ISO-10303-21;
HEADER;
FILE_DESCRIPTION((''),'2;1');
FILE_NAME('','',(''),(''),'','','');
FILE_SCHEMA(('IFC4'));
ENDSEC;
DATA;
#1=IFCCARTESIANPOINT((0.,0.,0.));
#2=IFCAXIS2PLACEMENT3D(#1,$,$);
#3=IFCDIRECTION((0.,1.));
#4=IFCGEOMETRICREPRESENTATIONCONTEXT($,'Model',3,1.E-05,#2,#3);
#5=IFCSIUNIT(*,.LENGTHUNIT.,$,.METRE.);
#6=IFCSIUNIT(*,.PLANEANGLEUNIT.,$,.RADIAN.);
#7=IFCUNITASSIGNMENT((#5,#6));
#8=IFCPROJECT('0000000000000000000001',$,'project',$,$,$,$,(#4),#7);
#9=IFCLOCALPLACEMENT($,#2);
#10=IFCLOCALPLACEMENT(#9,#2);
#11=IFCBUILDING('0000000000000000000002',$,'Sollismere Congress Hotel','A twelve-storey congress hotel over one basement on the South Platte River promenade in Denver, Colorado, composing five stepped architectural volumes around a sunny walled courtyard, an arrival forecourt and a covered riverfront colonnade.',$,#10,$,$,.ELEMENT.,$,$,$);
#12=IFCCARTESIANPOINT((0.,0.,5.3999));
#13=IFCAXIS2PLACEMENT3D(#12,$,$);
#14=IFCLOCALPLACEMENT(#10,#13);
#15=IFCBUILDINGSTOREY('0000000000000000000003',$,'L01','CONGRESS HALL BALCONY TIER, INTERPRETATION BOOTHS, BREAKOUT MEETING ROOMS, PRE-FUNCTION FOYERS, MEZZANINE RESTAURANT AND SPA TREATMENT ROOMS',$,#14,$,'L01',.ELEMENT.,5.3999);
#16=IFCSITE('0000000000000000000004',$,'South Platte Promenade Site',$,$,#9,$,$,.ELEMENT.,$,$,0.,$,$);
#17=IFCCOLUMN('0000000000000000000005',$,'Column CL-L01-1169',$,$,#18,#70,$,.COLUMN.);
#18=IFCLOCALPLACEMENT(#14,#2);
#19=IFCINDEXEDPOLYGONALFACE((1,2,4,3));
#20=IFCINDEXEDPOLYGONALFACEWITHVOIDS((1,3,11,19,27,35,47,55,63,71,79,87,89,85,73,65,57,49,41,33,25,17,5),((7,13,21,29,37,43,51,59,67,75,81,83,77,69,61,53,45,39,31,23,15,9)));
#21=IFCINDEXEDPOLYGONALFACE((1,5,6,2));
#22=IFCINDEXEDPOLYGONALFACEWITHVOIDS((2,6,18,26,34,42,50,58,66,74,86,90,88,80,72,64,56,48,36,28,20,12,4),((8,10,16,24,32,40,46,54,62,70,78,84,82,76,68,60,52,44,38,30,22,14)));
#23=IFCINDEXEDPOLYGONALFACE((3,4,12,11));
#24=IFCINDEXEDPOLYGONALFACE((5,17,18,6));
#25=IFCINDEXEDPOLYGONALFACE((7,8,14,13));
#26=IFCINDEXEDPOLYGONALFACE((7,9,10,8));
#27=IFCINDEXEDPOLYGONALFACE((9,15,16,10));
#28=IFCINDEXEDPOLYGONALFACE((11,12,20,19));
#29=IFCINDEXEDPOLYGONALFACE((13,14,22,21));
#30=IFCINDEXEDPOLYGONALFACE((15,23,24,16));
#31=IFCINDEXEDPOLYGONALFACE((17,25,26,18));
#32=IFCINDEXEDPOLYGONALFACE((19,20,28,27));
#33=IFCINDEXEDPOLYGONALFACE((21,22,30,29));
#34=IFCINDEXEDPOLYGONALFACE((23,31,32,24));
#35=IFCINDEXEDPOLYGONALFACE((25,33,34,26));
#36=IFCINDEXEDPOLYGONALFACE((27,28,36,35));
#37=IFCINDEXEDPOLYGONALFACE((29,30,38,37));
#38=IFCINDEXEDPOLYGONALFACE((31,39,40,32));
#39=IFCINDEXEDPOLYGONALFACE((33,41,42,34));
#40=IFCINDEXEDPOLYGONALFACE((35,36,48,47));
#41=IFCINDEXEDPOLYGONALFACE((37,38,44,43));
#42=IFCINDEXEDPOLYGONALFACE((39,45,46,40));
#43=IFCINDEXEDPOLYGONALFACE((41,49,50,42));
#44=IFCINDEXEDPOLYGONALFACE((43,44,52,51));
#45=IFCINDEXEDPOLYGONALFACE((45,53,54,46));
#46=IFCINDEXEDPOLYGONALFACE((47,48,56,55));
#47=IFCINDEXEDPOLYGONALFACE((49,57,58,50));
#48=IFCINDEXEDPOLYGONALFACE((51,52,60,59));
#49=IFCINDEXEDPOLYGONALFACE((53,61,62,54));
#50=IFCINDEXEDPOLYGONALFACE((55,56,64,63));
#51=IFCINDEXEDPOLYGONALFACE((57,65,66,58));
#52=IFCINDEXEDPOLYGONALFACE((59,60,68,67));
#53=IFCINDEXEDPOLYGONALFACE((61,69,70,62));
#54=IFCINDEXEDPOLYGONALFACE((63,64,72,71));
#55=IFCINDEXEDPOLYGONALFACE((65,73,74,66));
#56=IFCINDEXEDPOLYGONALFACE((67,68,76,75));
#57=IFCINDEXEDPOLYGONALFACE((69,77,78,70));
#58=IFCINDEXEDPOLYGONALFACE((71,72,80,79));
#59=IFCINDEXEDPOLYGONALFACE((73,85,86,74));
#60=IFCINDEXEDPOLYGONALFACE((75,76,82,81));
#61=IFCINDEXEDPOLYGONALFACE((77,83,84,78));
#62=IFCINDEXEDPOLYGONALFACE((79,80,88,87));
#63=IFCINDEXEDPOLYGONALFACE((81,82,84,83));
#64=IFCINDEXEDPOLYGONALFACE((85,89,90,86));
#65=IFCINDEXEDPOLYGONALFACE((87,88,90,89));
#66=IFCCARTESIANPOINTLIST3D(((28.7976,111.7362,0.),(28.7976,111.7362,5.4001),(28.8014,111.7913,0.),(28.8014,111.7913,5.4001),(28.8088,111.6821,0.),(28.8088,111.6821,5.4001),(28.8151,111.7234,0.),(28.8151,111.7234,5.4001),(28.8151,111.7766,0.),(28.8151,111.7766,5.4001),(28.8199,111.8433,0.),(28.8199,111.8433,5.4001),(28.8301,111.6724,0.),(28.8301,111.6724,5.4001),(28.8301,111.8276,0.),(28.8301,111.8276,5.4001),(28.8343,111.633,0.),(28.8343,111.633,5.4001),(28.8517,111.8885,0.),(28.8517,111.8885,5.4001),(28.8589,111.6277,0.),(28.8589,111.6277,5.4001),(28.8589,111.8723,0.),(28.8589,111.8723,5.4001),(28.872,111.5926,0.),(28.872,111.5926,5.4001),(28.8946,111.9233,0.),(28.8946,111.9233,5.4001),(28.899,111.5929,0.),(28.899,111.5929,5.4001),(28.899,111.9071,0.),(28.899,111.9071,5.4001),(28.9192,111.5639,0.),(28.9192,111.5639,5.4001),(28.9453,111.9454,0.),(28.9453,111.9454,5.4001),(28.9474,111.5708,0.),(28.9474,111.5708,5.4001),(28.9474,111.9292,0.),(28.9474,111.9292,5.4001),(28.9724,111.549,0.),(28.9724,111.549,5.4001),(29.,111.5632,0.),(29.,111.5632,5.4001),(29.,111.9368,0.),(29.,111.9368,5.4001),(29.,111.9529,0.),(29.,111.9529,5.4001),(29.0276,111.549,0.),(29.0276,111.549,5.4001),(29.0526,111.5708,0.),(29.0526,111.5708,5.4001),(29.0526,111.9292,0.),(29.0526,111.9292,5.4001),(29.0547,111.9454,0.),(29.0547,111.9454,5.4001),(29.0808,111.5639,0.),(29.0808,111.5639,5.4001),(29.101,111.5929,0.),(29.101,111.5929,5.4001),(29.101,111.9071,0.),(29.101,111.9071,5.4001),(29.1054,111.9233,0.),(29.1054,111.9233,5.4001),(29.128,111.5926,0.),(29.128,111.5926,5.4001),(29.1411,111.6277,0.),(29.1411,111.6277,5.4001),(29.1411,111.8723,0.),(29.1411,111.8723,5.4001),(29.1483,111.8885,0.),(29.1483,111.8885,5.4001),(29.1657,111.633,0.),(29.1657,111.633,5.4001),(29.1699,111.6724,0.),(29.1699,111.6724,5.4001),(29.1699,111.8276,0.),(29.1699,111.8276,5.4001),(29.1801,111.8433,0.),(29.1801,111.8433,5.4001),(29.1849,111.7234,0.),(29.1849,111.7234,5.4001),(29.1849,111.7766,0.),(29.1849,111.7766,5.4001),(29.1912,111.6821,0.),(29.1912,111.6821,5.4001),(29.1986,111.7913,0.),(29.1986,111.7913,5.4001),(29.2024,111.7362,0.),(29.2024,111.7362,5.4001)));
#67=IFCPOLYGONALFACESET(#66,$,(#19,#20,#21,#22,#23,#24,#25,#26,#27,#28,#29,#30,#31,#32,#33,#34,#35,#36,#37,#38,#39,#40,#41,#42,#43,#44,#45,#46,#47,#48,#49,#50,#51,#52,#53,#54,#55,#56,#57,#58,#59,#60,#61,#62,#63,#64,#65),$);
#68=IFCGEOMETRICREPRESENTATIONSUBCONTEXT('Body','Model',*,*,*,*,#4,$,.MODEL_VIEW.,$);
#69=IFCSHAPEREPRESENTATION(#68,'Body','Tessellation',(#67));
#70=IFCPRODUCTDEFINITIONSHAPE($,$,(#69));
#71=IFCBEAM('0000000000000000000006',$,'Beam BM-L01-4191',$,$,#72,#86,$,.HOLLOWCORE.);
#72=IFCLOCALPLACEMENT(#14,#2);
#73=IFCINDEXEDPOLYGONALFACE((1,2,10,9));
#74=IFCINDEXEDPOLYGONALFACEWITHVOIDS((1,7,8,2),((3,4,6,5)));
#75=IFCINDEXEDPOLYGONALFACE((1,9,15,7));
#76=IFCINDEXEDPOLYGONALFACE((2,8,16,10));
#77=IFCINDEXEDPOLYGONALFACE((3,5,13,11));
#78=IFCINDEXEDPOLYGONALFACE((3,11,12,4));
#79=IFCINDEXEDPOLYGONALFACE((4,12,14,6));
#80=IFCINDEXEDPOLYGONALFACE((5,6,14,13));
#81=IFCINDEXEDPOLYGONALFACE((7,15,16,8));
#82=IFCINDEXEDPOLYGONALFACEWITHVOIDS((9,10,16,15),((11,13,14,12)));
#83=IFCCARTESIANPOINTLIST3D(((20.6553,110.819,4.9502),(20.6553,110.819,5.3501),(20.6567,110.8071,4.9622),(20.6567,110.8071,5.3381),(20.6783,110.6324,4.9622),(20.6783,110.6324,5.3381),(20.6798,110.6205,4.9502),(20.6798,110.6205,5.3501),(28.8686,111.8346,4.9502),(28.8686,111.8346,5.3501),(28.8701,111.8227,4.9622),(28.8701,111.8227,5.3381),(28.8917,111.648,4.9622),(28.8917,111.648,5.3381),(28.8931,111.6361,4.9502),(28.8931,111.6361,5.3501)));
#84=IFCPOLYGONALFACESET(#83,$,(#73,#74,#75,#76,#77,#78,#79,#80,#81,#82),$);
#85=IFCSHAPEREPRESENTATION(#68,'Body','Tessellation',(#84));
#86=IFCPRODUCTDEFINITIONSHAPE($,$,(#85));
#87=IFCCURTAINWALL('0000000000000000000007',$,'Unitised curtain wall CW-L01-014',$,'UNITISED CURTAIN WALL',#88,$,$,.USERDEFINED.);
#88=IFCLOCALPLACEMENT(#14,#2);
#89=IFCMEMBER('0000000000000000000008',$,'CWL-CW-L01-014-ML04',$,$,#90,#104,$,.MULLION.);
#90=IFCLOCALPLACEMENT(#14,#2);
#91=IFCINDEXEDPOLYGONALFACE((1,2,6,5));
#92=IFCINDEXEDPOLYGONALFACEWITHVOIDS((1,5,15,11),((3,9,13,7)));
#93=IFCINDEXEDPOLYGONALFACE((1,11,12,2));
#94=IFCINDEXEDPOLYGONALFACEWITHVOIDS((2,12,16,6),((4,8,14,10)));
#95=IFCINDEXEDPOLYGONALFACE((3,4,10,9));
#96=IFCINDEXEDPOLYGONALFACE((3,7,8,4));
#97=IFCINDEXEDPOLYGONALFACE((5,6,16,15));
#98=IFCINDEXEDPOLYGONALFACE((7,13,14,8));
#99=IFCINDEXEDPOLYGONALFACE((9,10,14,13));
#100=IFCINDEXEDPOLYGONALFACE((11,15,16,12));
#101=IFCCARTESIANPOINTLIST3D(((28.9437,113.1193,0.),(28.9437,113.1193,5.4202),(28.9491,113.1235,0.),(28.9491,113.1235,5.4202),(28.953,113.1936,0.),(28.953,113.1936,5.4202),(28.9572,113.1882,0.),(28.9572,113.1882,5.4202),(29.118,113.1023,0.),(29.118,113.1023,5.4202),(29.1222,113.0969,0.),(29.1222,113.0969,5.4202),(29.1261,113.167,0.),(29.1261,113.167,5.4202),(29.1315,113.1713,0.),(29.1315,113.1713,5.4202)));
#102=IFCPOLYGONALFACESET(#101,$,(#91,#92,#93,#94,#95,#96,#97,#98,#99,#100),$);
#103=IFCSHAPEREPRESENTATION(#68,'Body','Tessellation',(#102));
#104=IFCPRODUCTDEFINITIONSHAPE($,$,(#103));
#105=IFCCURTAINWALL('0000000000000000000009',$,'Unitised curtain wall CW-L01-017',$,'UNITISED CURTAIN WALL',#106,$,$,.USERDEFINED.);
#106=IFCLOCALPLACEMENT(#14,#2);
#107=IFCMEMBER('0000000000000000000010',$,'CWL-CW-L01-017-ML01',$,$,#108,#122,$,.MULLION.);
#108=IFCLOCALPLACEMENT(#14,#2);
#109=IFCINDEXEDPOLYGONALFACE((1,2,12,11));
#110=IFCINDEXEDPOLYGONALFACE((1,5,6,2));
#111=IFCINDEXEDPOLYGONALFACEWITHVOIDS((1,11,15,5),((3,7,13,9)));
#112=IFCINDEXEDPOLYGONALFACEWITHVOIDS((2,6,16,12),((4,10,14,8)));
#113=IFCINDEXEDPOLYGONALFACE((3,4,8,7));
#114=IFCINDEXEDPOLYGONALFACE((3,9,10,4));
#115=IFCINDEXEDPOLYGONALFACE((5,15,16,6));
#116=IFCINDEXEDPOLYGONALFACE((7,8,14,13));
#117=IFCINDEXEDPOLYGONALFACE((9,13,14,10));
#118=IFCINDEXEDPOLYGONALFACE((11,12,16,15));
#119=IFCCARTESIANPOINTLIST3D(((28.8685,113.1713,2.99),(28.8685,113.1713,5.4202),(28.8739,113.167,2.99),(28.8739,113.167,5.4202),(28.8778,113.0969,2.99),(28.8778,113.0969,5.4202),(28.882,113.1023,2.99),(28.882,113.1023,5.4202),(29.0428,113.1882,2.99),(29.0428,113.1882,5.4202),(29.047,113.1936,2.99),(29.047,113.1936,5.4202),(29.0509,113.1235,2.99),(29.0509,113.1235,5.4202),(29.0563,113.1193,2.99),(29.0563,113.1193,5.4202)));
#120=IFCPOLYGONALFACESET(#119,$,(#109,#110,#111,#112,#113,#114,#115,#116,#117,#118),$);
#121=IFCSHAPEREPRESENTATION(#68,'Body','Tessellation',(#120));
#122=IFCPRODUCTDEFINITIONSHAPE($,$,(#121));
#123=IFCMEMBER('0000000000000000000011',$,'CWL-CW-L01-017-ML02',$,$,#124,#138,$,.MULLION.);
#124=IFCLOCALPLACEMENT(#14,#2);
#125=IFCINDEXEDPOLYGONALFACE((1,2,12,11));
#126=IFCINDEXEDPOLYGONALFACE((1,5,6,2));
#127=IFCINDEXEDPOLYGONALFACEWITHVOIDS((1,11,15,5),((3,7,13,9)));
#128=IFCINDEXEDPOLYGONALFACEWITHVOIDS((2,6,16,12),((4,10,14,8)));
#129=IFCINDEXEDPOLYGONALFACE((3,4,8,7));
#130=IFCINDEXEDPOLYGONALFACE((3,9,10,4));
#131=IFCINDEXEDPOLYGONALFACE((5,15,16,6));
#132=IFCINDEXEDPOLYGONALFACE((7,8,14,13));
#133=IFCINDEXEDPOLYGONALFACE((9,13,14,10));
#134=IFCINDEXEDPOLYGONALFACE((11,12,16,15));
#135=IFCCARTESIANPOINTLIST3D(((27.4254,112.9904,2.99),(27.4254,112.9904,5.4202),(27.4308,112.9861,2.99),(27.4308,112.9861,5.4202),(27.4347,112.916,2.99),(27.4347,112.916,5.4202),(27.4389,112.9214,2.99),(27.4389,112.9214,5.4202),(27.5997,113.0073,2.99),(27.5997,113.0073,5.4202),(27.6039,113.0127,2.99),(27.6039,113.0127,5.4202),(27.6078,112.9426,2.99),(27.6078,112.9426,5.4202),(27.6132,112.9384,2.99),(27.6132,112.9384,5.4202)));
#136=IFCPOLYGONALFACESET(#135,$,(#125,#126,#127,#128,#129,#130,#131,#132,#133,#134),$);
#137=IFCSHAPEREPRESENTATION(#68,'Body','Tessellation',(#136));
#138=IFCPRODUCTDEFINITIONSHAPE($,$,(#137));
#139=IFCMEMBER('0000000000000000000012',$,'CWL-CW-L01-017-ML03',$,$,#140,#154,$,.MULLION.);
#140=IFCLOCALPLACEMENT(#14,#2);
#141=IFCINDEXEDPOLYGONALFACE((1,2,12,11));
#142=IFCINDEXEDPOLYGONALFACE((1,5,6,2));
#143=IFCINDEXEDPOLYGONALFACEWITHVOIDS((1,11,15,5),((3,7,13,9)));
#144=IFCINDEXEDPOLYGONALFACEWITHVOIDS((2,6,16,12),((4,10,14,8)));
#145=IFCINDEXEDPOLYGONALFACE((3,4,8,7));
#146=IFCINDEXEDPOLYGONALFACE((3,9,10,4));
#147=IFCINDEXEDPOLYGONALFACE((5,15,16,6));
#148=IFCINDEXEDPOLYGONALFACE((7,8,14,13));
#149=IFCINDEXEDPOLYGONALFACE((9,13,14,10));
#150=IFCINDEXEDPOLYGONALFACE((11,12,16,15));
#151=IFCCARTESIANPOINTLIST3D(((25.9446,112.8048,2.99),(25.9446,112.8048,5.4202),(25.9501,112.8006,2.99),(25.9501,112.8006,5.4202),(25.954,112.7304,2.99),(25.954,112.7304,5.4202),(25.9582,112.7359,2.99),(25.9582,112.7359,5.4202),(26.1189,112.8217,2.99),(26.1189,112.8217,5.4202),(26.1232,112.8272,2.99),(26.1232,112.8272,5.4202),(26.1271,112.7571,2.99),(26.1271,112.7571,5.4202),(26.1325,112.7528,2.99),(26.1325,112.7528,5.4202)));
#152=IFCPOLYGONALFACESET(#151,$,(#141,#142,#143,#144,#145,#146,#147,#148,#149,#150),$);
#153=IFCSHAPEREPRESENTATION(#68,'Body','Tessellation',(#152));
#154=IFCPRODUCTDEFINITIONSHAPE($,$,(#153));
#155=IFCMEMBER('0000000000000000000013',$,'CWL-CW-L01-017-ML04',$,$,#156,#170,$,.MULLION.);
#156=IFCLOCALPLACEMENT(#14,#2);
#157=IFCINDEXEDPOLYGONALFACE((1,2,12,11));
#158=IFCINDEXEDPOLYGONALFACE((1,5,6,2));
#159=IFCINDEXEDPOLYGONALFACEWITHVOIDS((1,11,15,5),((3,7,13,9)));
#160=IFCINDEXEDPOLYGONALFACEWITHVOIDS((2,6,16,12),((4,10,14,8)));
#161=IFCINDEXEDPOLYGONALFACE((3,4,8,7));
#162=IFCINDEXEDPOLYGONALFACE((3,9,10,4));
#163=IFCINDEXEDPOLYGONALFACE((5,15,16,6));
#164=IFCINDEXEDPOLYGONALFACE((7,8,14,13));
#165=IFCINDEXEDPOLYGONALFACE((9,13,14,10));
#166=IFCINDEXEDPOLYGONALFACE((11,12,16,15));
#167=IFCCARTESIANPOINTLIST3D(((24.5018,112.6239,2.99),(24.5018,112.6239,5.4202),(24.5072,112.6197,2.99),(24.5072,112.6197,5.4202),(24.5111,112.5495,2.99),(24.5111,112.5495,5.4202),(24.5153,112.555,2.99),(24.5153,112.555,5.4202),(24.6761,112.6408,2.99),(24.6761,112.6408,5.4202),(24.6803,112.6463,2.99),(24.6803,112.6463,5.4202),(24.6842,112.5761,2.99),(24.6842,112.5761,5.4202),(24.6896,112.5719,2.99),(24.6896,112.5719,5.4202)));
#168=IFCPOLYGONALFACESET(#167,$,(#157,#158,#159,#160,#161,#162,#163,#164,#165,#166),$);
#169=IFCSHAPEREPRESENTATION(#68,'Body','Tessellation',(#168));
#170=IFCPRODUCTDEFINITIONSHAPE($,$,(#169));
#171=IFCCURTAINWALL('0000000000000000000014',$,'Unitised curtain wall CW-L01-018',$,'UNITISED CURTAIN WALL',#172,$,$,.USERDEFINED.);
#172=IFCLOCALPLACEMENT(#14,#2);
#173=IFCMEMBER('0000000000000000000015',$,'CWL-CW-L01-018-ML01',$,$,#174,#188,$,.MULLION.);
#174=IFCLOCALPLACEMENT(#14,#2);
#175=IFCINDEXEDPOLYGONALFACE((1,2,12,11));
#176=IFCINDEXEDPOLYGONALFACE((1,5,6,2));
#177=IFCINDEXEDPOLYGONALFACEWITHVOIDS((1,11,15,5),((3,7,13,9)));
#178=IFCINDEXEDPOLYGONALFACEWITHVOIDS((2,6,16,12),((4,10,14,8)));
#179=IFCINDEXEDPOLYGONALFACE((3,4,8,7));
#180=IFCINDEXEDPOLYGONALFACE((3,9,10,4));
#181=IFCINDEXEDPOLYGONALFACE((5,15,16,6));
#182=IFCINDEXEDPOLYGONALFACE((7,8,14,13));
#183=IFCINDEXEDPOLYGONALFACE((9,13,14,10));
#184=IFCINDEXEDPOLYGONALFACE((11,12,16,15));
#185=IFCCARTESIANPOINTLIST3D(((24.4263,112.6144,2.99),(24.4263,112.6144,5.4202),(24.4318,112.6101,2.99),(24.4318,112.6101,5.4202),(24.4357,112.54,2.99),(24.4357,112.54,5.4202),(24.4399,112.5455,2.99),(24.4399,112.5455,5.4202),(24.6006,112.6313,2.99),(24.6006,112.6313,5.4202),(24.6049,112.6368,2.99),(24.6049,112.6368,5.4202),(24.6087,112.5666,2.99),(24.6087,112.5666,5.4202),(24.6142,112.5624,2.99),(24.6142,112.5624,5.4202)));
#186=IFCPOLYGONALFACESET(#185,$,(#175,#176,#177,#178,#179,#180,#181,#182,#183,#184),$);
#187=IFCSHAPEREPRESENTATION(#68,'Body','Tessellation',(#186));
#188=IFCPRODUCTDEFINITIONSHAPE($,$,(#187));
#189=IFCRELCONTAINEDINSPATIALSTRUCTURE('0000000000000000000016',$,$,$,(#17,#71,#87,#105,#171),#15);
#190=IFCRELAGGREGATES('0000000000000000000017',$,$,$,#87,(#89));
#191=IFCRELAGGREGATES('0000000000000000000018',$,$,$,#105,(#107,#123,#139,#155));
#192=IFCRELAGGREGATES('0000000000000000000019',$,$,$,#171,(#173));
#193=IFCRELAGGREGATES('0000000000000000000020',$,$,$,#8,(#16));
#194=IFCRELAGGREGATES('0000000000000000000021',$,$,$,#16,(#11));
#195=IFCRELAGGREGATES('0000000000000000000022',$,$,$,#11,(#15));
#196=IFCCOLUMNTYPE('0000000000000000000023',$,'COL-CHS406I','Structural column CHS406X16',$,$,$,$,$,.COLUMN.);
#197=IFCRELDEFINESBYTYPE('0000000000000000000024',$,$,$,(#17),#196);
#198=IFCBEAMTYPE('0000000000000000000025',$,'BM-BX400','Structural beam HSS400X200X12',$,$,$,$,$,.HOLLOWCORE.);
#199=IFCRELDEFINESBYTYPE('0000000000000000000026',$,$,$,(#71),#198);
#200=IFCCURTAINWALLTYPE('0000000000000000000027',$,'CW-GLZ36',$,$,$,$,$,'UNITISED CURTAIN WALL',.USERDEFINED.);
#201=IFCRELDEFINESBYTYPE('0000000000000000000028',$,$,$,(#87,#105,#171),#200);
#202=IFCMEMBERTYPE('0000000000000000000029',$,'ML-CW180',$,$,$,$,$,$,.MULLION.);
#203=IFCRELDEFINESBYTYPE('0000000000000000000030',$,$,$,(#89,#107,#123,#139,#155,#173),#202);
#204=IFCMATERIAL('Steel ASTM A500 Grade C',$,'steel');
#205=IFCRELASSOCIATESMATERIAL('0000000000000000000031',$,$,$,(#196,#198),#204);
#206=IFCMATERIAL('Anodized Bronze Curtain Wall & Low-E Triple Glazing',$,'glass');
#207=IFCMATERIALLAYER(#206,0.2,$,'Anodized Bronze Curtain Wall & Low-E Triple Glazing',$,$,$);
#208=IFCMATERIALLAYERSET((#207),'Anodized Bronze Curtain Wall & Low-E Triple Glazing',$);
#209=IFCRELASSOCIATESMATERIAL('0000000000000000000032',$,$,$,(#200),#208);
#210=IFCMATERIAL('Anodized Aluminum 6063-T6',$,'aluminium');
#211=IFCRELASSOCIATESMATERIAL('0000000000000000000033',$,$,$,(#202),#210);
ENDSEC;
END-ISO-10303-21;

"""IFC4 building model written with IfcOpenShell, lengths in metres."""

from ifc_helpers import new_model, si_unit, direction, frame, origin, origin_2d, place, context, subcontext, project, spatial, hollow_rectangle, hollow_circle, extrude, material, layer, layer_set, material_profile, profile_set, type_object, element, aggregate, save


model = new_model("IFC4")

# Units and contexts
model_context = context("Model", 3, precision=1e-05, world=origin(), true_north=direction((0.0, 1.0)))
body_context = subcontext(model_context, "Body", "Model", "MODEL_VIEW")
ifc_project = project(units=[si_unit("LENGTHUNIT", "METRE"), si_unit("PLANEANGLEUNIT", "RADIAN")], contexts=[model_context])

# Site, building, storey
site_placement = place(None, origin())
site = spatial("IfcSite", under=ifc_project, at=site_placement, Name="South Platte Promenade Site", CompositionType="ELEMENT", RefElevation=0.0)
building_placement = place(site_placement, origin())
building = spatial("IfcBuilding", under=site, at=building_placement, Name="Sollismere Congress Hotel", Description="A twelve-storey congress hotel over one basement on the South Platte River promenade in Denver, Colorado, composing five stepped architectural volumes around a sunny walled courtyard, an arrival forecourt and a covered riverfront colonnade.", CompositionType="ELEMENT")
storey_placement = place(building_placement, frame((0.0, 0.0, 5.3999)))
storey = spatial("IfcBuildingStorey", under=building, at=storey_placement, Name="L01", Description="CONGRESS HALL BALCONY TIER, INTERPRETATION BOOTHS, BREAKOUT MEETING ROOMS, PRE-FUNCTION FOYERS, MEZZANINE RESTAURANT AND SPA TREATMENT ROOMS", LongName="L01", CompositionType="ELEMENT", Elevation=5.3999)

# Column
ifc_material_1 = material(Name="Steel ASTM A500 Grade C", Category="steel")
ifc_material_profile_1 = material_profile(ifc_material_1, hollow_circle(Radius=0.2029, WallThickness=0.0161, at=origin_2d()), Name="CHS406X16")
ifc_profile_set_1 = profile_set([ifc_material_profile_1], Name="Steel ASTM A500 Grade C")
column_type = type_object("IfcColumnType", Name="COL-CHS406I", Description="Structural column CHS406X16", PredefinedType="COLUMN", material=ifc_profile_set_1)
column_placement = place(storey_placement, frame((29.0, 111.75, 0.0), z_axis=(0.0, 0.0, 1.0), x_axis=(0.0, 1.0, 0.0)))
element("IfcColumn", 1, at=column_placement, inside=storey, type_object=column_type, Name="Column CL-L01-1169", PredefinedType="COLUMN", context=body_context, shape_type="SweptSolid", body=[
    extrude(hollow_circle(Radius=0.2029, WallThickness=0.0161, at=origin_2d()), origin(), (0.0, 0.0, 1.0), 5.4001),
])

# Beam
ifc_material_profile_2 = material_profile(ifc_material_1, hollow_rectangle(XDim=0.2, YDim=0.3999, WallThickness=0.012, at=origin_2d()), Name="HSS400X200X12")
ifc_profile_set_2 = profile_set([ifc_material_profile_2], Name="Steel ASTM A500 Grade C")
beam_type = type_object("IfcBeamType", Name="BM-BX400", Description="Structural beam HSS400X200X12", PredefinedType="HOLLOWCORE", material=ifc_profile_set_2)
beam_placement = place(storey_placement, frame((28.8809, 111.7354, 5.1501), z_axis=(-0.992441, -0.12272, 0.0), x_axis=(0.12272, -0.992441, 0.0)))
element("IfcBeam", 2, at=beam_placement, inside=storey, type_object=beam_type, Name="Beam BM-L01-4191", PredefinedType="HOLLOWCORE", context=body_context, shape_type="SweptSolid", body=[
    extrude(hollow_rectangle(XDim=0.2, YDim=0.3999, WallThickness=0.012, at=origin_2d()), origin(), (0.0, 0.0, 1.0), 8.2759),
])

# Curtain wall, member
ifc_material_2 = material(Name="Anodized Bronze Curtain Wall & Low-E Triple Glazing", Category="glass")
ifc_layer_1 = layer(ifc_material_2, 0.2, Name="Anodized Bronze Curtain Wall & Low-E Triple Glazing")
ifc_layer_set_1 = layer_set([ifc_layer_1], Name="Anodized Bronze Curtain Wall & Low-E Triple Glazing")
curtain_wall_type = type_object("IfcCurtainWallType", Name="CW-GLZ36", ElementType="UNITISED CURTAIN WALL", PredefinedType="USERDEFINED", material=ifc_layer_set_1)
curtain_wall_1_placement = place(storey_placement, origin())
curtain_wall_1 = element("IfcCurtainWall", 3, at=curtain_wall_1_placement, inside=storey, type_object=curtain_wall_type, Name="Unitised curtain wall CW-L01-014", ObjectType="UNITISED CURTAIN WALL", PredefinedType="USERDEFINED")
ifc_material_3 = material(Name="Anodized Aluminum 6063-T6", Category="aluminium")
ifc_material_profile_3 = material_profile(ifc_material_3, hollow_rectangle(XDim=0.075, YDim=0.1799, WallThickness=0.0049, at=origin_2d()), Name="ALU180X75X5")
ifc_profile_set_3 = profile_set([ifc_material_profile_3], Name="Anodized Aluminum 6063-T6")
member_type_1 = type_object("IfcMemberType", Name="ML-CW180", PredefinedType="MULLION", material=ifc_profile_set_3)
member_1_placement = place(storey_placement, frame((29.0376, 113.1453, 0.0), z_axis=(0.0, 0.0, 1.0), x_axis=(-0.124363, -0.992237, 0.0)))
member_1 = element("IfcMember", 4, at=member_1_placement, type_object=member_type_1, Name="CWL-CW-L01-014-ML04", PredefinedType="MULLION", context=body_context, shape_type="SweptSolid", body=[
    extrude(hollow_rectangle(XDim=0.075, YDim=0.1799, WallThickness=0.0049, at=origin_2d()), origin(), (0.0, 0.0, 1.0), 5.4202),
])

# Curtain walls, members
curtain_wall_2_placement = place(storey_placement, origin())
curtain_wall_2 = element("IfcCurtainWall", 5, at=curtain_wall_2_placement, inside=storey, type_object=curtain_wall_type, Name="Unitised curtain wall CW-L01-017", ObjectType="UNITISED CURTAIN WALL", PredefinedType="USERDEFINED")
member_2_placement = place(storey_placement, frame((28.9624, 113.1453, 2.99), z_axis=(0.0, 0.0, 1.0), x_axis=(0.124363, -0.992237, 0.0)))
member_2 = element("IfcMember", 6, at=member_2_placement, type_object=member_type_1, Name="CWL-CW-L01-017-ML01", PredefinedType="MULLION", context=body_context, shape_type="SweptSolid", body=[
    extrude(hollow_rectangle(XDim=0.075, YDim=0.1799, WallThickness=0.0049, at=origin_2d()), origin(), (0.0, 0.0, 1.0), 2.4302),
])
member_3_placement = place(storey_placement, frame((27.5193, 112.9644, 2.99), z_axis=(0.0, 0.0, 1.0), x_axis=(0.124363, -0.992237, 0.0)))
member_3 = element("IfcMember", 7, at=member_3_placement, type_object=member_type_1, Name="CWL-CW-L01-017-ML02", PredefinedType="MULLION", context=body_context, shape_type="SweptSolid", body=[
    extrude(hollow_rectangle(XDim=0.075, YDim=0.1799, WallThickness=0.0049, at=origin_2d()), origin(), (0.0, 0.0, 1.0), 2.4302),
])
member_4_placement = place(storey_placement, frame((26.0386, 112.7788, 2.99), z_axis=(0.0, 0.0, 1.0), x_axis=(0.124363, -0.992237, 0.0)))
member_4 = element("IfcMember", 8, at=member_4_placement, type_object=member_type_1, Name="CWL-CW-L01-017-ML03", PredefinedType="MULLION", context=body_context, shape_type="SweptSolid", body=[
    extrude(hollow_rectangle(XDim=0.075, YDim=0.1799, WallThickness=0.0049, at=origin_2d()), origin(), (0.0, 0.0, 1.0), 2.4302),
])
member_5_placement = place(storey_placement, frame((24.5957, 112.5979, 2.99), z_axis=(0.0, 0.0, 1.0), x_axis=(0.124363, -0.992237, 0.0)))
member_5 = element("IfcMember", 9, at=member_5_placement, type_object=member_type_1, Name="CWL-CW-L01-017-ML04", PredefinedType="MULLION", context=body_context, shape_type="SweptSolid", body=[
    extrude(hollow_rectangle(XDim=0.075, YDim=0.1799, WallThickness=0.0049, at=origin_2d()), origin(), (0.0, 0.0, 1.0), 2.4302),
])
curtain_wall_3_placement = place(storey_placement, origin())
curtain_wall_3 = element("IfcCurtainWall", 10, at=curtain_wall_3_placement, inside=storey, type_object=curtain_wall_type, Name="Unitised curtain wall CW-L01-018", ObjectType="UNITISED CURTAIN WALL", PredefinedType="USERDEFINED")
member_6_placement = place(storey_placement, frame((24.5203, 112.5884, 2.99), z_axis=(0.0, 0.0, 1.0), x_axis=(0.124363, -0.992237, 0.0)))
member_6 = element("IfcMember", 11, at=member_6_placement, type_object=member_type_1, Name="CWL-CW-L01-018-ML01", PredefinedType="MULLION", context=body_context, shape_type="SweptSolid", body=[
    extrude(hollow_rectangle(XDim=0.075, YDim=0.1799, WallThickness=0.0049, at=origin_2d()), origin(), (0.0, 0.0, 1.0), 2.4302),
])

aggregate(curtain_wall_1, [member_1])
aggregate(curtain_wall_2, [member_2, member_3, member_4, member_5])
aggregate(curtain_wall_3, [member_6])

save(model, "model.ifc")
